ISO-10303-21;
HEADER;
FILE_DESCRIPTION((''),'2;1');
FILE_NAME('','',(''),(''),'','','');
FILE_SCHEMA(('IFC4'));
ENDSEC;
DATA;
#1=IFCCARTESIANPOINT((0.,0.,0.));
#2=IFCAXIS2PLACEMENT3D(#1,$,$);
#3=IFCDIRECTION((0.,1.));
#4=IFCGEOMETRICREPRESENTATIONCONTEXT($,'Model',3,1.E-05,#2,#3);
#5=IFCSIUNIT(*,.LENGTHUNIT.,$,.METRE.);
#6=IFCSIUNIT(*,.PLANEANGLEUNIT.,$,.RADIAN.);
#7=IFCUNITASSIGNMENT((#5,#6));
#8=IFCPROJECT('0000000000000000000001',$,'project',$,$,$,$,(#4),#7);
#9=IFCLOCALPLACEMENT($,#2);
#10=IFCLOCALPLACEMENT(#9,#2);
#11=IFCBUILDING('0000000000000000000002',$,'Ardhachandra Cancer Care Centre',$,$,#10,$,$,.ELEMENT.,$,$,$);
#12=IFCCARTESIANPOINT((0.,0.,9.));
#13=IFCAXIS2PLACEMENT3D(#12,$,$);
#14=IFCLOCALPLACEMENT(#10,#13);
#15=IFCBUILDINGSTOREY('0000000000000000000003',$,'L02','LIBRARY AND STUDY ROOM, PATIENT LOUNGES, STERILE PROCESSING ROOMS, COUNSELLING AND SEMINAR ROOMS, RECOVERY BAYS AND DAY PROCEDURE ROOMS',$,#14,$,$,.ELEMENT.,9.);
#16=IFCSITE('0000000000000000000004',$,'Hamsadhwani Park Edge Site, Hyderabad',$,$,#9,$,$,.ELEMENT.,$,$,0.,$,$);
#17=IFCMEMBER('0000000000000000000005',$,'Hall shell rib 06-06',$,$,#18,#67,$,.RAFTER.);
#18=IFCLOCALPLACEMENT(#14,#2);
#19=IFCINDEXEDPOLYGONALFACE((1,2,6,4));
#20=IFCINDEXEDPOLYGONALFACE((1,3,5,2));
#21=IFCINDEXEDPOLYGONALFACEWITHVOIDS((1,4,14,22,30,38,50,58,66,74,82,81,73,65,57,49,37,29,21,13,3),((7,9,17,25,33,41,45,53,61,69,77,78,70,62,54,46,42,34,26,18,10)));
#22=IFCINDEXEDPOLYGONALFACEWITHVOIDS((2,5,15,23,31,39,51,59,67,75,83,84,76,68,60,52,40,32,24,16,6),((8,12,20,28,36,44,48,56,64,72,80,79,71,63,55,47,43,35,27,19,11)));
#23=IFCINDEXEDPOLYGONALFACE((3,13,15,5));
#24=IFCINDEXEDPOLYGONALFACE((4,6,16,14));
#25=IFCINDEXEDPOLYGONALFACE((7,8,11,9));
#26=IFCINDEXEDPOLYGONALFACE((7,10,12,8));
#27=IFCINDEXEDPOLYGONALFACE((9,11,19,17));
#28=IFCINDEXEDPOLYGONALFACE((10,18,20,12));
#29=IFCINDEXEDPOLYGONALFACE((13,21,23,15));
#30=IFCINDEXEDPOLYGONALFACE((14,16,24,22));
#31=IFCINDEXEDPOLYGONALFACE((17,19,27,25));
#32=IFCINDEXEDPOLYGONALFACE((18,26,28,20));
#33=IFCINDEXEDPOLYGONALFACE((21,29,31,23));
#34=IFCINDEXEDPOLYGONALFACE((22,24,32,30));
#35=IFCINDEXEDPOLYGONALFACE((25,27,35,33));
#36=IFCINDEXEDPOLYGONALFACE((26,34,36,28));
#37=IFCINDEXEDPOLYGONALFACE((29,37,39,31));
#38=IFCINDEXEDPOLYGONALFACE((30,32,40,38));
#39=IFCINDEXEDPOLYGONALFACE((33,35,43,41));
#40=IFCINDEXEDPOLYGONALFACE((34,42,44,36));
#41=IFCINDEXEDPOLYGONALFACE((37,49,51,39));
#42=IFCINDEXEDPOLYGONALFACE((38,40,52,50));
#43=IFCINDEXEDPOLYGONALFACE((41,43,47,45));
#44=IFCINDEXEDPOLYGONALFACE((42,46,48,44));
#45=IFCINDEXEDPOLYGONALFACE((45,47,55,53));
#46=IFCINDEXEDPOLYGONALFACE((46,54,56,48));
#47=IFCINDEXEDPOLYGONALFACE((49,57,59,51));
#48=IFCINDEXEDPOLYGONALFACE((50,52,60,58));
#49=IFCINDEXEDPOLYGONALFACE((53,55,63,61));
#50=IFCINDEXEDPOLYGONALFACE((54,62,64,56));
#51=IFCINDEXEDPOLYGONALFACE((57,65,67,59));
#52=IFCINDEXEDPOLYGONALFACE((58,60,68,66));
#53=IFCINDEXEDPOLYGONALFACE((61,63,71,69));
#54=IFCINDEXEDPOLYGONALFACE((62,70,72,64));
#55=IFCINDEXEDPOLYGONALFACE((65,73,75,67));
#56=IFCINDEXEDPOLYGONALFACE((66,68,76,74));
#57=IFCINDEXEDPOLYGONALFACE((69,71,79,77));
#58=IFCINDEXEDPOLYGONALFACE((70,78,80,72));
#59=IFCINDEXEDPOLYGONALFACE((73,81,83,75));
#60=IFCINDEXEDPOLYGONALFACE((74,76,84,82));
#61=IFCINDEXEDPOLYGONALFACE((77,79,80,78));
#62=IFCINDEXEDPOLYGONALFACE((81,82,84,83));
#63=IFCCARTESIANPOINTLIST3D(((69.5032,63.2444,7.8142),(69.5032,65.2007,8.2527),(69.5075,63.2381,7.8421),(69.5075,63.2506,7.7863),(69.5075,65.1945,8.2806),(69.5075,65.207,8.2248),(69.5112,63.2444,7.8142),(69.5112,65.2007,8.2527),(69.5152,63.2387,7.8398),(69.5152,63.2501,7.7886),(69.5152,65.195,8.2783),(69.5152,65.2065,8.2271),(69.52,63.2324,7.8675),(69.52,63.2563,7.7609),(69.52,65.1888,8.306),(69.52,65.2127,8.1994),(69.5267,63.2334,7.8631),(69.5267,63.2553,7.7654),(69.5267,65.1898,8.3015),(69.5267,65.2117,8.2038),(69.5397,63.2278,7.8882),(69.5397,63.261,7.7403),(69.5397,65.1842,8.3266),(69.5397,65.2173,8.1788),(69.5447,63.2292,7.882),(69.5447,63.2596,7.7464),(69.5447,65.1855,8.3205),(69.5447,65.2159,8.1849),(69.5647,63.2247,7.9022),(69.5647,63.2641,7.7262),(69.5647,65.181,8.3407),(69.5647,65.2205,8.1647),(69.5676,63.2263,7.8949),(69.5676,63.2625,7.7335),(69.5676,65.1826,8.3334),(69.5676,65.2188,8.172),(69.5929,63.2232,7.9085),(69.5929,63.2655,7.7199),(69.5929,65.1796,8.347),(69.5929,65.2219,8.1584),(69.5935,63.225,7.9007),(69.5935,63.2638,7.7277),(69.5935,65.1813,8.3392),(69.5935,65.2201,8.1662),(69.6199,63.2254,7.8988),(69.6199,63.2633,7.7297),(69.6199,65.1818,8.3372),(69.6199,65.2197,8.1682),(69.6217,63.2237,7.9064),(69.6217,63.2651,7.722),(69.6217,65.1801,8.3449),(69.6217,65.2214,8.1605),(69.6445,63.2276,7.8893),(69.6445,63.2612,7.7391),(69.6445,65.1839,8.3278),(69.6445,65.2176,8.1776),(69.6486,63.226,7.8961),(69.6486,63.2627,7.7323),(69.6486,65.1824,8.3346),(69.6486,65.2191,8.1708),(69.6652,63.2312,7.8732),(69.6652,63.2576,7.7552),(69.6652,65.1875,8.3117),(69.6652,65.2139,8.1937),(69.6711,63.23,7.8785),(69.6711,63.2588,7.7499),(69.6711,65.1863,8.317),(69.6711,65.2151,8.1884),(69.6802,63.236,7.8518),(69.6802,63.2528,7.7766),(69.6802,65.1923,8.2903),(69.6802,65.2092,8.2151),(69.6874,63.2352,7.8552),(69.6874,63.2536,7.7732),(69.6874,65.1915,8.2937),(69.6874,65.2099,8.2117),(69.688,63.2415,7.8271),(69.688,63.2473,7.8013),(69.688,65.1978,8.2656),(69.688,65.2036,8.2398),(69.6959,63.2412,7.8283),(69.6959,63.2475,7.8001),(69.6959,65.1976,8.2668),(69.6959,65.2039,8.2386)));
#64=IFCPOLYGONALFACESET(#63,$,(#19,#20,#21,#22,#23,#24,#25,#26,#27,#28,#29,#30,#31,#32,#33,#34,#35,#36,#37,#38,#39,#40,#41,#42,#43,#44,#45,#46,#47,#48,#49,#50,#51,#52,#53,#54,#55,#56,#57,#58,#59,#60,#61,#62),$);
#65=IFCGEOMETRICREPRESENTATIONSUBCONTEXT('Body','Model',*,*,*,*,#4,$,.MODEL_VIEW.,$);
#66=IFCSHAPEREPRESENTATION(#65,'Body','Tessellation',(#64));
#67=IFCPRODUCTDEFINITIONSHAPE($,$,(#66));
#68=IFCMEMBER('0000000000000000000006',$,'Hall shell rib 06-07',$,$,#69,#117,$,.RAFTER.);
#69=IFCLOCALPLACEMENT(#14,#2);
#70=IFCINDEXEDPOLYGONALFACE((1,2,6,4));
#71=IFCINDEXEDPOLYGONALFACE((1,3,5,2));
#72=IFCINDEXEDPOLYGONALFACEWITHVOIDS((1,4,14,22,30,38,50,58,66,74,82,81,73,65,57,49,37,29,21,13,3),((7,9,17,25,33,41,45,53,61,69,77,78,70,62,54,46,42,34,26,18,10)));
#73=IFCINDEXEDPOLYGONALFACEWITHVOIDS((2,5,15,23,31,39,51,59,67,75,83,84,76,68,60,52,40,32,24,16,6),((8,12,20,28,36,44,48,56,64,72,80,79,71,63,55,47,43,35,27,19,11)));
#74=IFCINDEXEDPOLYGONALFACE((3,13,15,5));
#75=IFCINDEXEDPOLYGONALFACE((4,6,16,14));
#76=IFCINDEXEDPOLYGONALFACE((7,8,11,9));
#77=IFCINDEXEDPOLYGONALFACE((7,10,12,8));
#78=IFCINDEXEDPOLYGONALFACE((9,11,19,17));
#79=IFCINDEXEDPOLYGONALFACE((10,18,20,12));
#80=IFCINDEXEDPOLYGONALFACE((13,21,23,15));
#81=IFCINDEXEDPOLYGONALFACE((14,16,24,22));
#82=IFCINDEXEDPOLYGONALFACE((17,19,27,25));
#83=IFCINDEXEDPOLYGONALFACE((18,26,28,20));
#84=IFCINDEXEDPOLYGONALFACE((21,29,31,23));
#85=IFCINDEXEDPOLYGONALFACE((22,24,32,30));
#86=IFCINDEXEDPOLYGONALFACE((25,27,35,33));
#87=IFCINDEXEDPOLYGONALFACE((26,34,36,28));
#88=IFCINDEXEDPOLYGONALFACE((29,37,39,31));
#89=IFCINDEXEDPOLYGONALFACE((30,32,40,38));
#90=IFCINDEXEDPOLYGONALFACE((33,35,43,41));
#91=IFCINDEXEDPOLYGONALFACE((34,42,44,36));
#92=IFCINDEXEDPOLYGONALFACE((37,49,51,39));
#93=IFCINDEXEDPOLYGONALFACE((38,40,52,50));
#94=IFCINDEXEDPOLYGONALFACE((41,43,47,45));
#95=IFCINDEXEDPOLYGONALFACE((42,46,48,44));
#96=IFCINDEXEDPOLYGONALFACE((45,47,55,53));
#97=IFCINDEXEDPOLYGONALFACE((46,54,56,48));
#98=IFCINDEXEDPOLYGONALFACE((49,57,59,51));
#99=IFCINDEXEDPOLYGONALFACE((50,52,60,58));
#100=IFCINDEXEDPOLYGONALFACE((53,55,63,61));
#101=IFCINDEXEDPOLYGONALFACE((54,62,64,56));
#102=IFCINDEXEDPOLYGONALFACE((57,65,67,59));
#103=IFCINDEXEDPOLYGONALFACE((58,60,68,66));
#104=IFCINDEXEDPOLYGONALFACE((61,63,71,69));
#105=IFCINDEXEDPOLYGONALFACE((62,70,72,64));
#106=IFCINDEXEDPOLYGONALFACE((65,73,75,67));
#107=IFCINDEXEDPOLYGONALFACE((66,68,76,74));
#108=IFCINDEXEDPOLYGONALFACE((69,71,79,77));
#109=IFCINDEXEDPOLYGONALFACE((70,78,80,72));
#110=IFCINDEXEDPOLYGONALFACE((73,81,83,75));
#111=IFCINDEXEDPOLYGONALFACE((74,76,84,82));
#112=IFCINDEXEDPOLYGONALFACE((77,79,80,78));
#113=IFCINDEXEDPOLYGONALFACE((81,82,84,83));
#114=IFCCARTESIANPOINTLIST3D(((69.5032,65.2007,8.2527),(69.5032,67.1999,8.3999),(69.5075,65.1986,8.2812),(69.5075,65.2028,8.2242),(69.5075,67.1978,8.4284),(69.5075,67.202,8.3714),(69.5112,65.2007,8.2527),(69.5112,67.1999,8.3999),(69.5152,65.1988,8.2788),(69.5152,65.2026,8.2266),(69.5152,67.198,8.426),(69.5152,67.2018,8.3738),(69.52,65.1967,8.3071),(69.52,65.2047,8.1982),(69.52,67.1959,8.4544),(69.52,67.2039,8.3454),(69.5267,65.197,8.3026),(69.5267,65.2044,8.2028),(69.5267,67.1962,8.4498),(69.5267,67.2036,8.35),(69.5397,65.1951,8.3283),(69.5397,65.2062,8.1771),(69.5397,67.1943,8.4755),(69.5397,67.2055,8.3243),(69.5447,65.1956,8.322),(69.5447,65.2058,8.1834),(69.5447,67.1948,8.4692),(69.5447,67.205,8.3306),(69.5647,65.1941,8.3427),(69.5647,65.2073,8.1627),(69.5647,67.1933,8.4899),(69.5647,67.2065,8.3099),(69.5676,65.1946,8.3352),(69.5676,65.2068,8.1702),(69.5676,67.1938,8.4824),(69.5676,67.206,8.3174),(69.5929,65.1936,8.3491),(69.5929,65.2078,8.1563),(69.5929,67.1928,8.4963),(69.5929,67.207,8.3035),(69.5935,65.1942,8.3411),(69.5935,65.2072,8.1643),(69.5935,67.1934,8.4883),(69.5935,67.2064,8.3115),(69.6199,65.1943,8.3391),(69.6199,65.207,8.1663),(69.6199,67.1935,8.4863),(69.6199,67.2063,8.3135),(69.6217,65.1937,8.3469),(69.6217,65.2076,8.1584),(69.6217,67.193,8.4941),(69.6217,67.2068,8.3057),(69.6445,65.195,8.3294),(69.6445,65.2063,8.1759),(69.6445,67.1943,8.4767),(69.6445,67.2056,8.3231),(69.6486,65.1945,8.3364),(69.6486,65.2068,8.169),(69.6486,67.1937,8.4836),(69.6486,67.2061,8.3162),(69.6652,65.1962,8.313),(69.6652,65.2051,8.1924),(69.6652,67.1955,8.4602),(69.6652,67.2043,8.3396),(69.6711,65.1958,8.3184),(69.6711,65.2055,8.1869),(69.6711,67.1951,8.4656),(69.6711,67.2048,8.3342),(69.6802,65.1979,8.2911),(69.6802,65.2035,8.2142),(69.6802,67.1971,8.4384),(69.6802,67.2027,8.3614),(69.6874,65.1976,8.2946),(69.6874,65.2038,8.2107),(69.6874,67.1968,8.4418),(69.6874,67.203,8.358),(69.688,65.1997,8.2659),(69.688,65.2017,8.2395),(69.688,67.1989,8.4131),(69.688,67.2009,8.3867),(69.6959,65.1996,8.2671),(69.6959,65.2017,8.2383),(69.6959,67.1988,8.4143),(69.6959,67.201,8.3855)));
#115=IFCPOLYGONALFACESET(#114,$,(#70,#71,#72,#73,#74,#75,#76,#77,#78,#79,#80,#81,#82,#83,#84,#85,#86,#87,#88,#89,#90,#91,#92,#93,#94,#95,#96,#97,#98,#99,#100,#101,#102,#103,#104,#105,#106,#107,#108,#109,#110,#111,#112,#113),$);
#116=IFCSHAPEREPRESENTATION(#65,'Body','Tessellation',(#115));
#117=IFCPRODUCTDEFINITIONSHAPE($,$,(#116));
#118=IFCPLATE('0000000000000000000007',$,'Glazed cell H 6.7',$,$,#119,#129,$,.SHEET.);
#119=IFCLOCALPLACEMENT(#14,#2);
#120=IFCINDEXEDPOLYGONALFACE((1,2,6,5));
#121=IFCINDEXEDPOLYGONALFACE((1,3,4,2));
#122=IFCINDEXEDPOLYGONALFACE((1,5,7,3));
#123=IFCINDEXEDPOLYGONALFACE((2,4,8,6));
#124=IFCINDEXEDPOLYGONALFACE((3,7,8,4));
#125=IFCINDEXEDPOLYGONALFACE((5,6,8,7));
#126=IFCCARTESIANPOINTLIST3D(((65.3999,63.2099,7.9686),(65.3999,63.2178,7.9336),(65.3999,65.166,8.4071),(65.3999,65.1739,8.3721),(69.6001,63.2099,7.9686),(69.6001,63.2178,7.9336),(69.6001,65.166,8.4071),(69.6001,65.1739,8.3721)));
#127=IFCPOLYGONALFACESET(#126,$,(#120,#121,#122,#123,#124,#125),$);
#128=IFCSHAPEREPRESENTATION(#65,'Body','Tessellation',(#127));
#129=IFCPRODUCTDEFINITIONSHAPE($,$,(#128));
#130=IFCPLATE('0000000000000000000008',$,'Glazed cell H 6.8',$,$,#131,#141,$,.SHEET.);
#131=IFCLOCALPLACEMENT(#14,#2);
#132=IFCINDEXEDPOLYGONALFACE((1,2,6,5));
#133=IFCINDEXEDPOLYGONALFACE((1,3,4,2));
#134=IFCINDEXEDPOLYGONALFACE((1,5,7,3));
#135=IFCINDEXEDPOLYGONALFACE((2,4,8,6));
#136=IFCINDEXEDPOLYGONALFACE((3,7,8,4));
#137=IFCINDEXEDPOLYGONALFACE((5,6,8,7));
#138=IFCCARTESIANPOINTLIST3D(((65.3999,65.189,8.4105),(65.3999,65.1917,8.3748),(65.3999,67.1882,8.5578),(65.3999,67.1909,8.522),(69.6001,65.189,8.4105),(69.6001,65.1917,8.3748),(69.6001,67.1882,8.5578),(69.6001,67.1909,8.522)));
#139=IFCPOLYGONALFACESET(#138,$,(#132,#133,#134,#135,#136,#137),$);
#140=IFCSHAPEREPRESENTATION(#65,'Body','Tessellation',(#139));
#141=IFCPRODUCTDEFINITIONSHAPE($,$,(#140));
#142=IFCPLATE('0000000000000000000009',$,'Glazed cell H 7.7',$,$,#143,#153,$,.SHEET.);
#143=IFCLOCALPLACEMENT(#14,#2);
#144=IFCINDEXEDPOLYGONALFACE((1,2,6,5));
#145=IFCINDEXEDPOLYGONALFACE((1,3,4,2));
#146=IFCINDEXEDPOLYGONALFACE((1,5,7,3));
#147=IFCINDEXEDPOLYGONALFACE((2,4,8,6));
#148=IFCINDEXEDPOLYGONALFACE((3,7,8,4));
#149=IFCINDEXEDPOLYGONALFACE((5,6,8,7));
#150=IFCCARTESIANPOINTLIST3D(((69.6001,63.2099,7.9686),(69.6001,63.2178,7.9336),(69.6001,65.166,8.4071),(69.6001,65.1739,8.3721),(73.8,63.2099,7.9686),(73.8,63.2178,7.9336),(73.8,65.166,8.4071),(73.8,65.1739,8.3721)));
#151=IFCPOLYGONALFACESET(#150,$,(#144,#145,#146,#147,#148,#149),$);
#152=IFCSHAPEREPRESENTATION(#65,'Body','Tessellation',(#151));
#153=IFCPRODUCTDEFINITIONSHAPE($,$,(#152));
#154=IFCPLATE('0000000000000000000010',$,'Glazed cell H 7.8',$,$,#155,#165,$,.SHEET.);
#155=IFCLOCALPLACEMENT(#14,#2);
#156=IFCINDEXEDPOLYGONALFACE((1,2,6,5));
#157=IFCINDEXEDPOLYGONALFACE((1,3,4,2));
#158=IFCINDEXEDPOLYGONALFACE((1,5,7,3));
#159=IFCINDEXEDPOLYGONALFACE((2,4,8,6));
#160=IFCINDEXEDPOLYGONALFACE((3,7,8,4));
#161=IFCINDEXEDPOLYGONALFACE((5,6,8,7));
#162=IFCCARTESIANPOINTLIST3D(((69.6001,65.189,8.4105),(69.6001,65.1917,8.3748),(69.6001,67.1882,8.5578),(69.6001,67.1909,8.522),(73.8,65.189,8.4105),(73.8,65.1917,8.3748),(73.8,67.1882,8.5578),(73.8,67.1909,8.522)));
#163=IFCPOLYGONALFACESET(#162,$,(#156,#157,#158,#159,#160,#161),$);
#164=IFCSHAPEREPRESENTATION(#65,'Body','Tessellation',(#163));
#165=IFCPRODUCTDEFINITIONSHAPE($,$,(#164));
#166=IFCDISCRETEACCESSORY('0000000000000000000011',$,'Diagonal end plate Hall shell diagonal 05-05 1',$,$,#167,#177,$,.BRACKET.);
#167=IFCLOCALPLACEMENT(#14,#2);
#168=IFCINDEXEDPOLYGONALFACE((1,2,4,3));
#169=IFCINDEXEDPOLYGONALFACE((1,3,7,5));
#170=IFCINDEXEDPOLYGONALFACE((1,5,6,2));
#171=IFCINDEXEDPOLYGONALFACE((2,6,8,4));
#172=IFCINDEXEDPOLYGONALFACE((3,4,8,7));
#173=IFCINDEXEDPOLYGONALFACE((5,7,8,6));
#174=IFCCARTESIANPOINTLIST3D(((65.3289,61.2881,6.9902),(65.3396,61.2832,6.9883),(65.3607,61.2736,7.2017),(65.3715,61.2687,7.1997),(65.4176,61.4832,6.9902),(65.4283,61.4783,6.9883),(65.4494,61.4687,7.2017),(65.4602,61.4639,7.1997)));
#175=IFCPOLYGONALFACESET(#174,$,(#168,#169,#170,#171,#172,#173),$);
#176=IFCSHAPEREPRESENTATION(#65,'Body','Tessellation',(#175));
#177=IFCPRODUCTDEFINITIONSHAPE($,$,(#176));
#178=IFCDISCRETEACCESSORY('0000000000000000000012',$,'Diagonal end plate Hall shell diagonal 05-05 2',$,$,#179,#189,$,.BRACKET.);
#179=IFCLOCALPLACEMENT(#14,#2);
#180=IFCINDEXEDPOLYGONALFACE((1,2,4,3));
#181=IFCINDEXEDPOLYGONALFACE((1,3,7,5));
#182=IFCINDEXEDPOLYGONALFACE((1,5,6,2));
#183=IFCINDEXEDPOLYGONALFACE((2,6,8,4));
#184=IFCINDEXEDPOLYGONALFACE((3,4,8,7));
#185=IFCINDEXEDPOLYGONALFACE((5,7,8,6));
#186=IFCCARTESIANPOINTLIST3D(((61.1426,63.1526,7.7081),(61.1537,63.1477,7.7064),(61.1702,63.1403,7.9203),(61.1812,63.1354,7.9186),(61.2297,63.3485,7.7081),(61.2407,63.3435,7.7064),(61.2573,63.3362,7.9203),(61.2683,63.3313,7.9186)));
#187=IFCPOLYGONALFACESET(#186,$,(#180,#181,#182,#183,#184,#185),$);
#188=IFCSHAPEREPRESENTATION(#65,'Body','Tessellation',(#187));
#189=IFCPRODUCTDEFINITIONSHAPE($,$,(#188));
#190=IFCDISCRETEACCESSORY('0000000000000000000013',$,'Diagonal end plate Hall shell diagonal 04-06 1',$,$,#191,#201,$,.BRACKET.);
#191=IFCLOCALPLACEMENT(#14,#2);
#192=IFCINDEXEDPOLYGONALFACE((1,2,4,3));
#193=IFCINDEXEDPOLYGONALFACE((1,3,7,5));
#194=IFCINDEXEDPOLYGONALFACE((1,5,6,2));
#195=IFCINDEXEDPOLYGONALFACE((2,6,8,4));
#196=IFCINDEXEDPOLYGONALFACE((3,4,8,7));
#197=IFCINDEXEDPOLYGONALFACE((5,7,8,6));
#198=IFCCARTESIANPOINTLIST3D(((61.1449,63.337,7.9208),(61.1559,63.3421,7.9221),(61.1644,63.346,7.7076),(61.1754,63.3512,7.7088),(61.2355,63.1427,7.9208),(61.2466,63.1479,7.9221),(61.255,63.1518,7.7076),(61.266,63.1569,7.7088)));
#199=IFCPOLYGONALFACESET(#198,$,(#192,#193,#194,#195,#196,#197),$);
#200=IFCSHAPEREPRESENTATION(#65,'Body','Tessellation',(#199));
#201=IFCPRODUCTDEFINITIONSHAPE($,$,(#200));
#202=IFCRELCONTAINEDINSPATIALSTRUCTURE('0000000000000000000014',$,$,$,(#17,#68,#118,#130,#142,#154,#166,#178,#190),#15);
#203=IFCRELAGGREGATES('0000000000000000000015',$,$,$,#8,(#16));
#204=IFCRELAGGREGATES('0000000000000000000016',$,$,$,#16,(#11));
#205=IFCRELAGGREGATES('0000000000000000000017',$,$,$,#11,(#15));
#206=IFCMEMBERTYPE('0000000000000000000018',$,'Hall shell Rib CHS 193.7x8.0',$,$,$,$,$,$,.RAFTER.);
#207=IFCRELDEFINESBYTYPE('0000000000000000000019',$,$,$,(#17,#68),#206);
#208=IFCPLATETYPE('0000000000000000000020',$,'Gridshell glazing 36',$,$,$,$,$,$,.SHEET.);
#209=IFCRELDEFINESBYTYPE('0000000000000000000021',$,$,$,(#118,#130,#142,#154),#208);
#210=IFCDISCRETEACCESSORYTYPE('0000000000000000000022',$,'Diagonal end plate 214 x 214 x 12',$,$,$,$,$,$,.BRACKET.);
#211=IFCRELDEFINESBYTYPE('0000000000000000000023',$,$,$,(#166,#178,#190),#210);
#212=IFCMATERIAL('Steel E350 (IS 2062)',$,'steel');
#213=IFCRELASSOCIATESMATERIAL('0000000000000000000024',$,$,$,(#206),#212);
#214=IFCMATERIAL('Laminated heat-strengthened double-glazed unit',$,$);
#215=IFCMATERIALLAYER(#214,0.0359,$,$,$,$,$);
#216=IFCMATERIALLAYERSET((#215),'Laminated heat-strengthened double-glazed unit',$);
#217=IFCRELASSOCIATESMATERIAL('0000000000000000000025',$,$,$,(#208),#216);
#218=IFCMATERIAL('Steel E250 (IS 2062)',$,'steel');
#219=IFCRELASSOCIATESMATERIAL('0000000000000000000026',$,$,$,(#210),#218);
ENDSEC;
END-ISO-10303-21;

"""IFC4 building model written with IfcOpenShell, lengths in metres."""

from ifc_helpers import new_model, si_unit, direction, frame, origin, origin_2d, place, context, subcontext, project, spatial, polyline, rectangle, hollow_circle, outline, extrude, material, layer, layer_set, material_profile, profile_set, type_object, element, save


model = new_model("IFC4")

# Units and contexts
model_context = context("Model", 3, precision=1e-05, world=origin(), true_north=direction((0.0, 1.0)))
body_context = subcontext(model_context, "Body", "Model", "MODEL_VIEW")
ifc_project = project(units=[si_unit("LENGTHUNIT", "METRE"), si_unit("PLANEANGLEUNIT", "RADIAN")], contexts=[model_context])

# Site, building, storey
site_placement = place(None, origin())
site = spatial("IfcSite", under=ifc_project, at=site_placement, Name="Hamsadhwani Park Edge Site, Hyderabad", CompositionType="ELEMENT", RefElevation=0.0)
building_placement = place(site_placement, origin())
building = spatial("IfcBuilding", under=site, at=building_placement, Name="Ardhachandra Cancer Care Centre", CompositionType="ELEMENT")
storey_placement = place(building_placement, frame((0.0, 0.0, 9.0)))
storey = spatial("IfcBuildingStorey", under=building, at=storey_placement, Name="L02", Description="LIBRARY AND STUDY ROOM, PATIENT LOUNGES, STERILE PROCESSING ROOMS, COUNSELLING AND SEMINAR ROOMS, RECOVERY BAYS AND DAY PROCEDURE ROOMS", CompositionType="ELEMENT", Elevation=9.0)

# Members
ifc_material_1 = material(Name="Steel E350 (IS 2062)", Category="steel")
ifc_material_profile_1 = material_profile(ifc_material_1, hollow_circle(Radius=0.0969, WallThickness=0.0081, at=origin_2d()), Name="CHS 193.7x8.0")
ifc_profile_set_1 = profile_set([ifc_material_profile_1], Name="Steel E350 (IS 2062)")
member_type_1 = type_object("IfcMemberType", Name="Hall shell Rib CHS 193.7x8.0", PredefinedType="RAFTER", material=ifc_profile_set_1)
member_1_placement = place(storey_placement, frame((69.6001, 63.2444, 7.8142), z_axis=(0.0, 0.97579, 0.218709), x_axis=(-1.0, 0.0, 0.0)))
element("IfcMember", 1, at=member_1_placement, inside=storey, type_object=member_type_1, Name="Hall shell rib 06-06", PredefinedType="RAFTER", context=body_context, shape_type="SweptSolid", body=[
    extrude(hollow_circle(Radius=0.0969, WallThickness=0.0081, at=origin_2d()), origin(), (0.0, 0.0, 1.0), 2.0049),
])
member_2_placement = place(storey_placement, frame((69.6001, 65.2007, 8.2527), z_axis=(0.0, 0.9973, 0.073437), x_axis=(-1.0, 0.0, 0.0)))
element("IfcMember", 2, at=member_2_placement, inside=storey, type_object=member_type_1, Name="Hall shell rib 06-07", PredefinedType="RAFTER", context=body_context, shape_type="SweptSolid", body=[
    extrude(hollow_circle(Radius=0.0969, WallThickness=0.0081, at=origin_2d()), origin(), (0.0, 0.0, 1.0), 2.0046),
])

# Plates
ifc_material_2 = material(Name="Laminated heat-strengthened double-glazed unit")
ifc_layer = layer(ifc_material_2, 0.0359)
ifc_layer_set = layer_set([ifc_layer], Name="Laminated heat-strengthened double-glazed unit")
plate_type = type_object("IfcPlateType", Name="Gridshell glazing 36", PredefinedType="SHEET", material=ifc_layer_set)
for number, where, z_axis, x_axis, name in (
    (3, (65.3999, 63.2178, 7.9336), (0.0, -0.218735, 0.975784), (1.0, 0.0, 0.0), "Glazed cell H 6.7"),
    (4, (65.3999, 65.1917, 8.3748), (0.0, -0.073437, 0.9973), (1.0, 0.0, 0.0), "Glazed cell H 6.8"),
):
    element("IfcPlate", number, at=place(storey_placement, frame(where, z_axis=z_axis, x_axis=x_axis)), inside=storey, type_object=plate_type, Name=name, PredefinedType="SHEET", context=body_context, shape_type="SweptSolid", body=[
        extrude(outline(polyline([(0.0, 0.0), (4.2002, 0.0), (4.2002, 2.0046), (0.0, 2.0046), (0.0, 0.0)])), origin(), (0.0, 0.0, 1.0), 0.0359),
    ])
for number, where, z_axis, x_axis, name in (
    (5, (69.6001, 63.2178, 7.9336), (0.0, -0.218735, 0.975784), (1.0, 0.0, 0.0), "Glazed cell H 7.7"),
    (6, (69.6001, 65.1917, 8.3748), (0.0, -0.073437, 0.9973), (1.0, 0.0, 0.0), "Glazed cell H 7.8"),
):
    element("IfcPlate", number, at=place(storey_placement, frame(where, z_axis=z_axis, x_axis=x_axis)), inside=storey, type_object=plate_type, Name=name, PredefinedType="SHEET", context=body_context, shape_type="SweptSolid", body=[
        extrude(outline(polyline([(0.0, 0.0), (4.2, 0.0), (4.2, 2.0046), (0.0, 2.0046), (0.0, 0.0)])), origin(), (0.0, 0.0, 1.0), 0.0359),
    ])

# Discrete accessories
ifc_material_3 = material(Name="Steel E250 (IS 2062)", Category="steel")
ifc_material_profile_2 = material_profile(ifc_material_3, rectangle(XDim=0.2144, YDim=0.2144, at=origin_2d()), Name="PL 214x214x12")
ifc_profile_set_2 = profile_set([ifc_material_profile_2], Name="Steel E250 (IS 2062)")
discrete_accessory_type = type_object("IfcDiscreteAccessoryType", Name="Diagonal end plate 214 x 214 x 12", PredefinedType="BRACKET", material=ifc_profile_set_2)
discrete_accessory_placement = place(storey_placement, frame((65.3999, 61.3735, 7.094), z_axis=(-0.898146, 0.408248, 0.163299), x_axis=(-0.413803, -0.910366, 0.0)))
element("IfcDiscreteAccessory", 7, at=discrete_accessory_placement, inside=storey, type_object=discrete_accessory_type, Name="Diagonal end plate Hall shell diagonal 05-05 1", PredefinedType="BRACKET", context=body_context, shape_type="SweptSolid", body=[
    extrude(rectangle(XDim=0.2144, YDim=0.2144, at=origin_2d()), origin(), (0.0, 0.0, 1.0), 0.012),
])
for number, where, z_axis, x_axis, name in (
    (8, (61.2, 63.2444, 7.8142), (0.904717, -0.402096, -0.140734), (0.406138, 0.913812, 0.0), "Diagonal end plate Hall shell diagonal 05-05 2"),
    (9, (61.2, 63.2444, 7.8142), (0.901624, 0.420758, 0.10018), (-0.422885, 0.906183, 0.0), "Diagonal end plate Hall shell diagonal 04-06 1"),
):
    element("IfcDiscreteAccessory", number, at=place(storey_placement, frame(where, z_axis=z_axis, x_axis=x_axis)), inside=storey, type_object=discrete_accessory_type, Name=name, PredefinedType="BRACKET", context=body_context, shape_type="SweptSolid", body=[
        extrude(rectangle(XDim=0.2144, YDim=0.2144, at=origin_2d()), origin(), (0.0, 0.0, 1.0), 0.0122),
    ])

save(model, "model.ifc")
